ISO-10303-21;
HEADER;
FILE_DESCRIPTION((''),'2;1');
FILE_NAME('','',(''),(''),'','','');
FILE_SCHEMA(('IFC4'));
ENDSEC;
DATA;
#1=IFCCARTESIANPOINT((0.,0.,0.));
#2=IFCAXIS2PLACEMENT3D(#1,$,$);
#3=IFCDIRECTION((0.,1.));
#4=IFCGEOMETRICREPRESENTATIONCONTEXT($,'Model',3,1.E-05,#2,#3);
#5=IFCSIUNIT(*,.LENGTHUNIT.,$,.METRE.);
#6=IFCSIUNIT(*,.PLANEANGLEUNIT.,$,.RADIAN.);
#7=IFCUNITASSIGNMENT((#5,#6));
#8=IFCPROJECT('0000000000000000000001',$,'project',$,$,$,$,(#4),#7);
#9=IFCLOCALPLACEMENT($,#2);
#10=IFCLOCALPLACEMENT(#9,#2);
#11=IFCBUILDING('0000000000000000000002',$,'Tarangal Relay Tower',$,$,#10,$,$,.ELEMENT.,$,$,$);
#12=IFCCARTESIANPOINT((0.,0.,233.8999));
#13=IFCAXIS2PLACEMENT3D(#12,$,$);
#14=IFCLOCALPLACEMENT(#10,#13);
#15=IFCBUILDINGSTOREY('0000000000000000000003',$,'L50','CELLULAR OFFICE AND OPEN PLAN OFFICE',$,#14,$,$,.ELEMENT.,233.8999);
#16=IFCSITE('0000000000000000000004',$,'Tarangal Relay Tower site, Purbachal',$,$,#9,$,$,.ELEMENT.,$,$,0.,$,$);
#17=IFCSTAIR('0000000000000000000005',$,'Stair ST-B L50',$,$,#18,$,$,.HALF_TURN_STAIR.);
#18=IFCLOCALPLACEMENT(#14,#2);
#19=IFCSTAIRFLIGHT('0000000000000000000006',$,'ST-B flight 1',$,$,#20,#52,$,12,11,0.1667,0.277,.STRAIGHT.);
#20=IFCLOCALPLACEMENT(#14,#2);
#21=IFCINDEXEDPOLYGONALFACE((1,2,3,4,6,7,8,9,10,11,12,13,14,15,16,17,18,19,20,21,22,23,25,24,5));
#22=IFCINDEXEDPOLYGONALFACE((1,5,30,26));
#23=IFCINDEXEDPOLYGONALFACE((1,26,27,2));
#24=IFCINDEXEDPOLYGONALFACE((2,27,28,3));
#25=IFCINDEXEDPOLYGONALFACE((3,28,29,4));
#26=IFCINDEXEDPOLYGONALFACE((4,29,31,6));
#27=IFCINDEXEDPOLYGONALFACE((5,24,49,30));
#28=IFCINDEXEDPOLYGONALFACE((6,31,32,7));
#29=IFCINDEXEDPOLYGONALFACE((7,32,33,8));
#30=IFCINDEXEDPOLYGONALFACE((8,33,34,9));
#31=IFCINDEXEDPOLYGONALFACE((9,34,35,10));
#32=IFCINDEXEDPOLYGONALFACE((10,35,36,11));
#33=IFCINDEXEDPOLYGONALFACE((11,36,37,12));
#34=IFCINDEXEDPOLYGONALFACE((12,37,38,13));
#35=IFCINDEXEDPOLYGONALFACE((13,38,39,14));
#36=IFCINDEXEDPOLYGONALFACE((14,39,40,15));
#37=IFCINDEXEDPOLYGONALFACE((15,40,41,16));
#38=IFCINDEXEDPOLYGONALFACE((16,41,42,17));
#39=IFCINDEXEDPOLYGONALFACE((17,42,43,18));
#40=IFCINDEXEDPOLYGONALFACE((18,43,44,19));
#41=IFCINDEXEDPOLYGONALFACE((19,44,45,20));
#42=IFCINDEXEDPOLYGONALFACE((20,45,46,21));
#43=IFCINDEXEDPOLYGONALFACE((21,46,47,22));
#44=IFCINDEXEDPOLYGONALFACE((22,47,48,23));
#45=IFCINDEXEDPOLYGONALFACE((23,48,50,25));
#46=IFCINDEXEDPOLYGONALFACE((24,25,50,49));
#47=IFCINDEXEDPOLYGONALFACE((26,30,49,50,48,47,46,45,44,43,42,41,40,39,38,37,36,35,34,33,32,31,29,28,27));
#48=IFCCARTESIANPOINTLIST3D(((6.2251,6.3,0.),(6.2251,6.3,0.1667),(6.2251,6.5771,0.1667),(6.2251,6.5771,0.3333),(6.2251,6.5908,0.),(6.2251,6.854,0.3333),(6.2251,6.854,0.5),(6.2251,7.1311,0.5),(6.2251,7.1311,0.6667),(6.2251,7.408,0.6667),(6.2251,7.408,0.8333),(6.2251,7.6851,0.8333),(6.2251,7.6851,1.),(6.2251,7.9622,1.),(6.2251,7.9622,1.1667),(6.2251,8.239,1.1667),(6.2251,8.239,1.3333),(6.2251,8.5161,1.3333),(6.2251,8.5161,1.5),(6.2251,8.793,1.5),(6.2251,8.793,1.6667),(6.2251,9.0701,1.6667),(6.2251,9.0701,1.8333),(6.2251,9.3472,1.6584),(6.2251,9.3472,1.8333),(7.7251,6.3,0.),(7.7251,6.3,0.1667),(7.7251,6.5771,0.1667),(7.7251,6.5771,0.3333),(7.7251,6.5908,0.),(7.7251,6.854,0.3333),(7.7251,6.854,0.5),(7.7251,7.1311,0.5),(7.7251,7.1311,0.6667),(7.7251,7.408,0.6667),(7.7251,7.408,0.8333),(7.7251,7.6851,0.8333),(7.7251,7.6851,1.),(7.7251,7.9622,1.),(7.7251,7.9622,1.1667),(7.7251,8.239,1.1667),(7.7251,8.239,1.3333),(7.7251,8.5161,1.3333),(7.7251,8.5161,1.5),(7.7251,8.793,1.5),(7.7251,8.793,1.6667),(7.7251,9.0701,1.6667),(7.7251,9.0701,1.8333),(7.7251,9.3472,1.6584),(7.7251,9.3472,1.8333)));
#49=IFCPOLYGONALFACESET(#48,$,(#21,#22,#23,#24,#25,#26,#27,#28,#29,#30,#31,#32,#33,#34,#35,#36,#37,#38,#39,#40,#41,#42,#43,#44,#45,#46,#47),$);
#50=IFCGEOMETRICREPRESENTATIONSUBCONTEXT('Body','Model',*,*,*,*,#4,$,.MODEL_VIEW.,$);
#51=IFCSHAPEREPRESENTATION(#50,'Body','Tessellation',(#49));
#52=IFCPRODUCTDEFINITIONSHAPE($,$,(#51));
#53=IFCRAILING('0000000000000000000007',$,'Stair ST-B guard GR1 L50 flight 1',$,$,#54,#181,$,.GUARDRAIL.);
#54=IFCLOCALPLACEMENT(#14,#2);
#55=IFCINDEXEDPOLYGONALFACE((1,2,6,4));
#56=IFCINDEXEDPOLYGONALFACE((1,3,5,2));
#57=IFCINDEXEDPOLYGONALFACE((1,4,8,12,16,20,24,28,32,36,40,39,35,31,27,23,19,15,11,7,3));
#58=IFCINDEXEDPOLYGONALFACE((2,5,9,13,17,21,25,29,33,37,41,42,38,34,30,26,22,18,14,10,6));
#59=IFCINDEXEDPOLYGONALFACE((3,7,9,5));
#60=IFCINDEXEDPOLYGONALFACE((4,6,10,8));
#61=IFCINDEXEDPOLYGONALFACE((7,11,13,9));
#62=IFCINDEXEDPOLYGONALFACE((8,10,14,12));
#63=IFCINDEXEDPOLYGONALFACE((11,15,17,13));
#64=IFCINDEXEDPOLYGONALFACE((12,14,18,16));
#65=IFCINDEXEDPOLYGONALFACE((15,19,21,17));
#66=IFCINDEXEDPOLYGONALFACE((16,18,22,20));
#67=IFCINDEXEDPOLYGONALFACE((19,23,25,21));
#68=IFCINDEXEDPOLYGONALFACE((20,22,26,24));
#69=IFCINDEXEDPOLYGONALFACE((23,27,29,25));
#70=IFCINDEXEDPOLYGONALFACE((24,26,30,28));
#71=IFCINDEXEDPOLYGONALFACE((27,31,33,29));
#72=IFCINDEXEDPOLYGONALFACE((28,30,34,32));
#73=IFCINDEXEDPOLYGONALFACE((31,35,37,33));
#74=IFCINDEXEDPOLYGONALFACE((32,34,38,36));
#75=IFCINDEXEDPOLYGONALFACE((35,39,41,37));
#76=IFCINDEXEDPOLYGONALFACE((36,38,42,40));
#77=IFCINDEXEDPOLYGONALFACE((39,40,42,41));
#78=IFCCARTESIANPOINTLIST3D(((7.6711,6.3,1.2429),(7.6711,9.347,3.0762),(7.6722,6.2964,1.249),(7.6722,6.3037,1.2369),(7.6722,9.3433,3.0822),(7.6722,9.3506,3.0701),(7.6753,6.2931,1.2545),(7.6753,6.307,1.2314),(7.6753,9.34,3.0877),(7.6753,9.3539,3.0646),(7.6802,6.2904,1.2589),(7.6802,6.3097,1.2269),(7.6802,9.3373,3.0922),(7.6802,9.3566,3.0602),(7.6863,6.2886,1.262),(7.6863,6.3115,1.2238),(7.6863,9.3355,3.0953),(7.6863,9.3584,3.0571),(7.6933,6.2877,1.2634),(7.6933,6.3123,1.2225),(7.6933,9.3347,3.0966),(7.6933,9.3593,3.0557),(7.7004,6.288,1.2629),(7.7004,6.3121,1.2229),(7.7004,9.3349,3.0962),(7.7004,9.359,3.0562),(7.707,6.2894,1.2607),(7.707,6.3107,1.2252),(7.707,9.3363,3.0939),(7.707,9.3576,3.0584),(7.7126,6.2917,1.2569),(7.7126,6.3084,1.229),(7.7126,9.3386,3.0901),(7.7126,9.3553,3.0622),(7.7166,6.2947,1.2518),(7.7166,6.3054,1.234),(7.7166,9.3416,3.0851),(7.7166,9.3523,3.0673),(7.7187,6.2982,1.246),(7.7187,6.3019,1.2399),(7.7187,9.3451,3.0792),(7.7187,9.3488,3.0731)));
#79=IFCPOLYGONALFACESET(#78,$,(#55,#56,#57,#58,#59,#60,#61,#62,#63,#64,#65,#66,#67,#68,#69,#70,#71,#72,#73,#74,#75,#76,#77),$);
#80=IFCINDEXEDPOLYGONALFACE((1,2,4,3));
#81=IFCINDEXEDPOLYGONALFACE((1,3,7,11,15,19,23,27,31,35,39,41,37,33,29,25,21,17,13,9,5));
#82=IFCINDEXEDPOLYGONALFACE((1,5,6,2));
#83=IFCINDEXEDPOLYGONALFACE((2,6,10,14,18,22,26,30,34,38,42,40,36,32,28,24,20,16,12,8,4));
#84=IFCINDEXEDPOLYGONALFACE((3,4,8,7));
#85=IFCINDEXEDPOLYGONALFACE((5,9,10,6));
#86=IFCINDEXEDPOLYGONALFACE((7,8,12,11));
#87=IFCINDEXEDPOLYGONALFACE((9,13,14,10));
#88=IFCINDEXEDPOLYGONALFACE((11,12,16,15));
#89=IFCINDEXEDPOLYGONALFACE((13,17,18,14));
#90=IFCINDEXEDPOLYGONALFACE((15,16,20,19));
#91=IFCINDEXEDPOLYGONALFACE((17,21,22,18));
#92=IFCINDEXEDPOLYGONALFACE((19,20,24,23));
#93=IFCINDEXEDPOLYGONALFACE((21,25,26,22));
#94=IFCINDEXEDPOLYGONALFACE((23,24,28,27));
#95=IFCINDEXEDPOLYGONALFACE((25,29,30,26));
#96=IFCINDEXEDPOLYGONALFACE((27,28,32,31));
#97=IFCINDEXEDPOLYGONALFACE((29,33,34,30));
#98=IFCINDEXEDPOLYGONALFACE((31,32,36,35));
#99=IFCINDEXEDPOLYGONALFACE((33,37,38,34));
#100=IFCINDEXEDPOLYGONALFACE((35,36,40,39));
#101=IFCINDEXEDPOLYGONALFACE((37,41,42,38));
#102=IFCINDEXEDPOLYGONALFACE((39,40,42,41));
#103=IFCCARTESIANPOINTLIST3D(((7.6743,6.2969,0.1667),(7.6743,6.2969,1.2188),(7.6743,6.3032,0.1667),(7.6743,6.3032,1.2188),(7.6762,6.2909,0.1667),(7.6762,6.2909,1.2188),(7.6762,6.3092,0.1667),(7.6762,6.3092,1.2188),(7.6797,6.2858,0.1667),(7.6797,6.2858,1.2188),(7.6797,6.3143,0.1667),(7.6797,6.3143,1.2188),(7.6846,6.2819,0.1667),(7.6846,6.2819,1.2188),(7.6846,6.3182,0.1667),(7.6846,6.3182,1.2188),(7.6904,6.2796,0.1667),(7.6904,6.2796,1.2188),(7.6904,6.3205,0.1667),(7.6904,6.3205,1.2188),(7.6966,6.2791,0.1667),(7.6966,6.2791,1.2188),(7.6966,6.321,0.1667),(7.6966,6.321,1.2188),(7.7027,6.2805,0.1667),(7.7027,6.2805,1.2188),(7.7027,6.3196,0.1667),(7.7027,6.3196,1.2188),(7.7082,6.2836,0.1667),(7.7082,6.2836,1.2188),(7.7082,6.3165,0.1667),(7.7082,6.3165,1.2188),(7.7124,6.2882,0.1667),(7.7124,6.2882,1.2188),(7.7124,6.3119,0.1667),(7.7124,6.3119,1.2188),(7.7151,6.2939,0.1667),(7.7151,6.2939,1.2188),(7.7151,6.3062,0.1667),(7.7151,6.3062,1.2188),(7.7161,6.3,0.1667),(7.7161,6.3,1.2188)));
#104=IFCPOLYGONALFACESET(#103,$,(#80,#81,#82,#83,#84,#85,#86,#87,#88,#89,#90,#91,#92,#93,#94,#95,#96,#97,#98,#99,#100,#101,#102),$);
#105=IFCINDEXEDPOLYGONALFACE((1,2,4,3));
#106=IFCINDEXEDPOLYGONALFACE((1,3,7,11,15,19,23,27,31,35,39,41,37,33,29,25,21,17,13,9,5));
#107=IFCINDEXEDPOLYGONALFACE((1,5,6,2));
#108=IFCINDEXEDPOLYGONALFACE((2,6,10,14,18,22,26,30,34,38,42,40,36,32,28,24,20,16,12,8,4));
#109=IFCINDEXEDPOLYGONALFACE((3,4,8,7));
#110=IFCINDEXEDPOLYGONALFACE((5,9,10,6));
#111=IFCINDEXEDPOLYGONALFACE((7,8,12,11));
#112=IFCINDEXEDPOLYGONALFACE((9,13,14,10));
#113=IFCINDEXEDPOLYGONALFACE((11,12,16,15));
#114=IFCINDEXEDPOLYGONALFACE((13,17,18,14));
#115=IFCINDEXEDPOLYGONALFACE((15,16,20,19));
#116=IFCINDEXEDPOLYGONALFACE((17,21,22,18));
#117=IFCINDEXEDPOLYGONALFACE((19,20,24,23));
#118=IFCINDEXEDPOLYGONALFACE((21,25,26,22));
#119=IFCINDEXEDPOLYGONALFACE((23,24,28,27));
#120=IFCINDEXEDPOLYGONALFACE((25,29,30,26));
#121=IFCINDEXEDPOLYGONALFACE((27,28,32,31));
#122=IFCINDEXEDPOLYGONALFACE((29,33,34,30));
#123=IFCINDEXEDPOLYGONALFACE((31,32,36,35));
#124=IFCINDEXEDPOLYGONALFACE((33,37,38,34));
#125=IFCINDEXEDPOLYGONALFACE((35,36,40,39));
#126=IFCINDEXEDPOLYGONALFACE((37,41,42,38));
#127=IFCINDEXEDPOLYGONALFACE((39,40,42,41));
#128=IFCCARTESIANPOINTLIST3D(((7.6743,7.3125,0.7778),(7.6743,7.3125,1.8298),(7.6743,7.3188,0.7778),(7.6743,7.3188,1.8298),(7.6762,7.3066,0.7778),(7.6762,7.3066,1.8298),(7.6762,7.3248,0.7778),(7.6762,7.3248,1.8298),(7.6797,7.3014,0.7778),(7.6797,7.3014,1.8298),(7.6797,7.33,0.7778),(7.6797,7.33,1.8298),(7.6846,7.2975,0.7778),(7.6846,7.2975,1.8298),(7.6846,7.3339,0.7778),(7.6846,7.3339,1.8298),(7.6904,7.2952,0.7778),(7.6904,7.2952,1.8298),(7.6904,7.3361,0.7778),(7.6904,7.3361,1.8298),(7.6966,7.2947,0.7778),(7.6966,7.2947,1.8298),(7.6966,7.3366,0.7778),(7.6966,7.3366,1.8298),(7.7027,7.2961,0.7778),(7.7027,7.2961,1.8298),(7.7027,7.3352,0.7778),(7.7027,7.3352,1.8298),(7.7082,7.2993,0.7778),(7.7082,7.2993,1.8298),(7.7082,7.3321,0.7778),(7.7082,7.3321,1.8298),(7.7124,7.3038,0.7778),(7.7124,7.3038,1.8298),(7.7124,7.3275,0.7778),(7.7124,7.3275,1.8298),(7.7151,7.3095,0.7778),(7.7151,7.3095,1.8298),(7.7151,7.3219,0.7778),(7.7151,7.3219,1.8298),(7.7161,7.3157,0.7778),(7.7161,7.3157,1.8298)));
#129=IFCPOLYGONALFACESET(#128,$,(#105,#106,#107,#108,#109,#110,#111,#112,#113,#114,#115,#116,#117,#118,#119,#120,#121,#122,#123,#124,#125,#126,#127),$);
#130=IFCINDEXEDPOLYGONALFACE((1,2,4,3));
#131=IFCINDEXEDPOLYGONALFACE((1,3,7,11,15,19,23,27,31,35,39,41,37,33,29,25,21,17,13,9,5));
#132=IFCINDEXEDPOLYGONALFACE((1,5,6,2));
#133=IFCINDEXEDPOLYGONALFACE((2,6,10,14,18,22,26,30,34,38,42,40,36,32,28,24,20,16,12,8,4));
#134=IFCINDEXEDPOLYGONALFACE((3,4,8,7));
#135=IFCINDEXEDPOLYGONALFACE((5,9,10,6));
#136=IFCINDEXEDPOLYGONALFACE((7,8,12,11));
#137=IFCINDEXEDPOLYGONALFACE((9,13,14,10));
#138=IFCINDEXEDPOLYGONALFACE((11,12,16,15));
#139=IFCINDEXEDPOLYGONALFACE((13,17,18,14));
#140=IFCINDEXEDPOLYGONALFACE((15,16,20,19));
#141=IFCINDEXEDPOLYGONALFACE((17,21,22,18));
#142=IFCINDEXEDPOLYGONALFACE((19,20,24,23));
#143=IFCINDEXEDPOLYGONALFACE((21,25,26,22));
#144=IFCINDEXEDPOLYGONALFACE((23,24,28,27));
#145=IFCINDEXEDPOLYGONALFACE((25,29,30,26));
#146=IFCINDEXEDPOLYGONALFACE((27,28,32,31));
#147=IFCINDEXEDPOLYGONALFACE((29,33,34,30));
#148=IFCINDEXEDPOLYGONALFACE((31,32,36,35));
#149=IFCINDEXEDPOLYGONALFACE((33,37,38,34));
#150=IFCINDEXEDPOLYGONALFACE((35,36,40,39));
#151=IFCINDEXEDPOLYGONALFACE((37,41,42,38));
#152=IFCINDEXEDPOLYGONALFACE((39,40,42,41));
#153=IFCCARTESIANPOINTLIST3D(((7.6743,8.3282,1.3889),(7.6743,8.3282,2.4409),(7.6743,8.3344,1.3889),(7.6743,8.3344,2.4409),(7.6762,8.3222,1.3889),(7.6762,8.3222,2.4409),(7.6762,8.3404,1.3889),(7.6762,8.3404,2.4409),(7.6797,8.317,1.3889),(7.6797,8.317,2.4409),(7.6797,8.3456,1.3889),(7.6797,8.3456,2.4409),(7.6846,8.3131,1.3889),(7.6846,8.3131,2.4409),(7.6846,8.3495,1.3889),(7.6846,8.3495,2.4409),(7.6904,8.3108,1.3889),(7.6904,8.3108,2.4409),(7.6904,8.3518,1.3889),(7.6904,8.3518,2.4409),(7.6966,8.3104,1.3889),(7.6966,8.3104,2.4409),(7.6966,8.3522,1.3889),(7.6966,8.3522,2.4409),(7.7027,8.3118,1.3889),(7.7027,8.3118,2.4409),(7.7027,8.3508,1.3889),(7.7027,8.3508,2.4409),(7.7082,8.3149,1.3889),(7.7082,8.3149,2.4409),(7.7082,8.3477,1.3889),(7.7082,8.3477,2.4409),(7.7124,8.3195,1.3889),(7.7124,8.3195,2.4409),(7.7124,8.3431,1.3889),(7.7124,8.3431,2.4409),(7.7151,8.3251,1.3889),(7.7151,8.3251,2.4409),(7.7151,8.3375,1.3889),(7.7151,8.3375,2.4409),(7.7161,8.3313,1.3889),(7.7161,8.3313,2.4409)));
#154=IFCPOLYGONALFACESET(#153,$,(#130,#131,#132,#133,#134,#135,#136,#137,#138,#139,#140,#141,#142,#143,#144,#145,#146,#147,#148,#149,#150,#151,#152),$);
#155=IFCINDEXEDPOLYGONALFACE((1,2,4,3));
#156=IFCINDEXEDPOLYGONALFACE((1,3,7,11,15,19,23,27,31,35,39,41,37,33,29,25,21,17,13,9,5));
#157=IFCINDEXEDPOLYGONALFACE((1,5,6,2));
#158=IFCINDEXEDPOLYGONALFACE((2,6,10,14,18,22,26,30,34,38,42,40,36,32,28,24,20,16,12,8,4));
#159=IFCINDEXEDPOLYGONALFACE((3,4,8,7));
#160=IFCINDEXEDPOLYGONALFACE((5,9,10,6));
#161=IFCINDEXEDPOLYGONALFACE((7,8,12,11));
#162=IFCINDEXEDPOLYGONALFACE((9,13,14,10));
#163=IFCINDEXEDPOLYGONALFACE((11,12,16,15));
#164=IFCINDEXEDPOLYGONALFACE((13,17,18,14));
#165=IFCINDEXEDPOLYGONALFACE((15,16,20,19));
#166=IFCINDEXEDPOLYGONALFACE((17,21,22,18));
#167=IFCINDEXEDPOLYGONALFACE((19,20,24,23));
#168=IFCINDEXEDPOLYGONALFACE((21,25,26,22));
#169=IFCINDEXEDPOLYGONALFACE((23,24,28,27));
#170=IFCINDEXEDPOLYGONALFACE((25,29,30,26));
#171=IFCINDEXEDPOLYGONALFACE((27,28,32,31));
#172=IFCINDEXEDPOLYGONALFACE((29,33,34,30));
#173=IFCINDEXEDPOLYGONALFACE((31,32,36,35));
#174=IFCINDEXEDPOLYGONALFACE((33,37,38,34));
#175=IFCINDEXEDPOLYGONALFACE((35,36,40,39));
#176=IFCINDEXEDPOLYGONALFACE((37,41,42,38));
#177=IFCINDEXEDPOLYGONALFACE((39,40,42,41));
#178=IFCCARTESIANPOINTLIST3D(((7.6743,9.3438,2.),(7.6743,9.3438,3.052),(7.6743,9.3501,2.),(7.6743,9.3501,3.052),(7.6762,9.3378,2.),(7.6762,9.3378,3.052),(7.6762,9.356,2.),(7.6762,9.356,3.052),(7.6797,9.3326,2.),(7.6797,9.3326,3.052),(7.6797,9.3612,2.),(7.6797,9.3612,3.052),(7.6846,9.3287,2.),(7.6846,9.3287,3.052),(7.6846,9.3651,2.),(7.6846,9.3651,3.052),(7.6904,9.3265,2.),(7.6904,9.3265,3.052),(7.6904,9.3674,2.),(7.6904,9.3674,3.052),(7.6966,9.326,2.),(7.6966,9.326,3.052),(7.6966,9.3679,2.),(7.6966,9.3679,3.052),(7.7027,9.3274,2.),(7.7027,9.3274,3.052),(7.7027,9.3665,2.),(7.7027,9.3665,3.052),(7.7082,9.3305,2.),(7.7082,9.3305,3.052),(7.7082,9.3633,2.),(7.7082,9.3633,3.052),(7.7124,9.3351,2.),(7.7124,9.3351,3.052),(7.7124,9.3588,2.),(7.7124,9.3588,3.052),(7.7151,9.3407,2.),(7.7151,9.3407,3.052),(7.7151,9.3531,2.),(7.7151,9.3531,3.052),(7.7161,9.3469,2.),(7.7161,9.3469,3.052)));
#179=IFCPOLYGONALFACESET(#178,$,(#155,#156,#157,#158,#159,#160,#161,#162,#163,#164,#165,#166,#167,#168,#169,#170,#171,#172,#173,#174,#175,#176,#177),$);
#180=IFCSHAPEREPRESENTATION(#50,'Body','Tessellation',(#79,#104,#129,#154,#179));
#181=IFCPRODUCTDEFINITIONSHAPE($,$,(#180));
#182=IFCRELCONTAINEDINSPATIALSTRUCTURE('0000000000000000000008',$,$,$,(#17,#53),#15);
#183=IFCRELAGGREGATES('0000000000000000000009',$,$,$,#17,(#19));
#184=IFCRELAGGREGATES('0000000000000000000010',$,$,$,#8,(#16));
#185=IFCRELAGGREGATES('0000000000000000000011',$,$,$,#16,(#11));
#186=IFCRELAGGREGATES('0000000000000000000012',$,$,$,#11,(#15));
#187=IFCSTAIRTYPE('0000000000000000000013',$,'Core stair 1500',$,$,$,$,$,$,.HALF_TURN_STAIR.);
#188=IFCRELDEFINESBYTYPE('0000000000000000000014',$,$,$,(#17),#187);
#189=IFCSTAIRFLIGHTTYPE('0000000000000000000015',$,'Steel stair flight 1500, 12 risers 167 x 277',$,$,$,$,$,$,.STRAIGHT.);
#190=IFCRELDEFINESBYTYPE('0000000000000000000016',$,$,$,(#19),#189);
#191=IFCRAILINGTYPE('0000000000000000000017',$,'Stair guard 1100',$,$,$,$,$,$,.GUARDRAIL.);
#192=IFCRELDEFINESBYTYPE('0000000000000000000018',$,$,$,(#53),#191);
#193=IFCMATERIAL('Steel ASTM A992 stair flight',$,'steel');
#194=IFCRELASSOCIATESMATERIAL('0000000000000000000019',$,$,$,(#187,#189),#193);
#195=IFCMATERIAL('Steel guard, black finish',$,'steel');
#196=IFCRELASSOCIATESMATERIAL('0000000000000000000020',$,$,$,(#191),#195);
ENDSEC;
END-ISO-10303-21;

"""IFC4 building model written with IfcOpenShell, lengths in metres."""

from ifc_helpers import new_model, si_unit, direction, frame, origin, origin_2d, place, context, subcontext, project, spatial, polyline, circle, outline, extrude, material, type_object, element, aggregate, save


model = new_model("IFC4")

# Units and contexts
model_context = context("Model", 3, precision=1e-05, world=origin(), true_north=direction((0.0, 1.0)))
body_context = subcontext(model_context, "Body", "Model", "MODEL_VIEW")
ifc_project = project(units=[si_unit("LENGTHUNIT", "METRE"), si_unit("PLANEANGLEUNIT", "RADIAN")], contexts=[model_context])

# Site, building, storey
site_placement = place(None, origin())
site = spatial("IfcSite", under=ifc_project, at=site_placement, Name="Tarangal Relay Tower site, Purbachal", CompositionType="ELEMENT", RefElevation=0.0)
building_placement = place(site_placement, origin())
building = spatial("IfcBuilding", under=site, at=building_placement, Name="Tarangal Relay Tower", CompositionType="ELEMENT")
storey_placement = place(building_placement, frame((0.0, 0.0, 233.8999)))
storey = spatial("IfcBuildingStorey", under=building, at=storey_placement, Name="L50", Description="CELLULAR OFFICE AND OPEN PLAN OFFICE", CompositionType="ELEMENT", Elevation=233.8999)

# Stair
ifc_material_1 = material(Name="Steel ASTM A992 stair flight", Category="steel")
stair_type = type_object("IfcStairType", Name="Core stair 1500", PredefinedType="HALF_TURN_STAIR", material=ifc_material_1)
stair_1_placement = place(storey_placement, origin())
stair_1 = element("IfcStair", 1, at=stair_1_placement, inside=storey, type_object=stair_type, Name="Stair ST-B L50", PredefinedType="HALF_TURN_STAIR")

# Stair flight
stair_flight_type = type_object("IfcStairFlightType", Name="Steel stair flight 1500, 12 risers 167 x 277", PredefinedType="STRAIGHT", material=ifc_material_1)
stair_flight_placement = place(storey_placement, frame((6.9751, 6.3, 0.0), z_axis=(0.0, 0.0, 1.0), x_axis=(0.0, 1.0, 0.0)))
stair_flight = element("IfcStairFlight", 2, at=stair_flight_placement, type_object=stair_flight_type, Name="ST-B flight 1", NumberOfRisers=12, NumberOfTreads=11, PredefinedType="STRAIGHT", RiserHeight=0.1667, TreadLength=0.277, context=body_context, shape_type="SweptSolid", body=[
    extrude(outline(polyline([(0.0, 0.0), (0.0, 0.1667), (0.2771, 0.1667), (0.2771, 0.3333), (0.554, 0.3333), (0.554, 0.5), (0.8311, 0.5), (0.8311, 0.6667), (1.1079, 0.6667), (1.1079, 0.8333), (1.385, 0.8333), (1.385, 1.0), (1.6621, 1.0), (1.6621, 1.1667), (1.939, 1.1667), (1.939, 1.3333), (2.2161, 1.3333), (2.2161, 1.5), (2.4929, 1.5), (2.4929, 1.6667), (2.77, 1.6667), (2.77, 1.8333), (3.0471, 1.8333), (3.0471, 2.0), (3.0471, 1.6584), (0.2908, 0.0), (0.0, 0.0)])), frame((0.0, 0.75, 0.0), z_axis=(0.0, -1.0, 0.0), x_axis=(1.0, 0.0, 0.0)), (0.0, 0.0, 1.0), 1.5),
])
aggregate(stair_1, [stair_flight])

# Railing
ifc_material_2 = material(Name="Steel guard, black finish", Category="steel")
railing_type_1 = type_object("IfcRailingType", Name="Stair guard 1100", PredefinedType="GUARDRAIL", material=ifc_material_2)
railing_1_placement = place(storey_placement, frame((7.6951, 6.3, 0.1667)))
element("IfcRailing", 3, at=railing_1_placement, inside=storey, type_object=railing_type_1, Name="Stair ST-B guard GR1 L50 flight 1", PredefinedType="GUARDRAIL", context=body_context, shape_type="SweptSolid", body=[
    extrude(circle(Radius=0.0239, at=origin_2d()), frame((0.0, 0.0, 1.0762), z_axis=(0.0, 0.856856, 0.515556), x_axis=(-1.0, 0.0, 0.0)), (0.0, 0.0, 1.0), 3.5559),
    extrude(circle(Radius=0.021, at=origin_2d()), origin(), (0.0, 0.0, 1.0), 1.052),
    extrude(circle(Radius=0.021, at=origin_2d()), frame((0.0, 1.0156, 0.6111)), (0.0, 0.0, 1.0), 1.052),
    extrude(circle(Radius=0.021, at=origin_2d()), frame((0.0, 2.0312, 1.2222)), (0.0, 0.0, 1.0), 1.052),
    extrude(circle(Radius=0.021, at=origin_2d()), frame((0.0, 3.0469, 1.8333)), (0.0, 0.0, 1.0), 1.052),
])

save(model, "model.ifc")
